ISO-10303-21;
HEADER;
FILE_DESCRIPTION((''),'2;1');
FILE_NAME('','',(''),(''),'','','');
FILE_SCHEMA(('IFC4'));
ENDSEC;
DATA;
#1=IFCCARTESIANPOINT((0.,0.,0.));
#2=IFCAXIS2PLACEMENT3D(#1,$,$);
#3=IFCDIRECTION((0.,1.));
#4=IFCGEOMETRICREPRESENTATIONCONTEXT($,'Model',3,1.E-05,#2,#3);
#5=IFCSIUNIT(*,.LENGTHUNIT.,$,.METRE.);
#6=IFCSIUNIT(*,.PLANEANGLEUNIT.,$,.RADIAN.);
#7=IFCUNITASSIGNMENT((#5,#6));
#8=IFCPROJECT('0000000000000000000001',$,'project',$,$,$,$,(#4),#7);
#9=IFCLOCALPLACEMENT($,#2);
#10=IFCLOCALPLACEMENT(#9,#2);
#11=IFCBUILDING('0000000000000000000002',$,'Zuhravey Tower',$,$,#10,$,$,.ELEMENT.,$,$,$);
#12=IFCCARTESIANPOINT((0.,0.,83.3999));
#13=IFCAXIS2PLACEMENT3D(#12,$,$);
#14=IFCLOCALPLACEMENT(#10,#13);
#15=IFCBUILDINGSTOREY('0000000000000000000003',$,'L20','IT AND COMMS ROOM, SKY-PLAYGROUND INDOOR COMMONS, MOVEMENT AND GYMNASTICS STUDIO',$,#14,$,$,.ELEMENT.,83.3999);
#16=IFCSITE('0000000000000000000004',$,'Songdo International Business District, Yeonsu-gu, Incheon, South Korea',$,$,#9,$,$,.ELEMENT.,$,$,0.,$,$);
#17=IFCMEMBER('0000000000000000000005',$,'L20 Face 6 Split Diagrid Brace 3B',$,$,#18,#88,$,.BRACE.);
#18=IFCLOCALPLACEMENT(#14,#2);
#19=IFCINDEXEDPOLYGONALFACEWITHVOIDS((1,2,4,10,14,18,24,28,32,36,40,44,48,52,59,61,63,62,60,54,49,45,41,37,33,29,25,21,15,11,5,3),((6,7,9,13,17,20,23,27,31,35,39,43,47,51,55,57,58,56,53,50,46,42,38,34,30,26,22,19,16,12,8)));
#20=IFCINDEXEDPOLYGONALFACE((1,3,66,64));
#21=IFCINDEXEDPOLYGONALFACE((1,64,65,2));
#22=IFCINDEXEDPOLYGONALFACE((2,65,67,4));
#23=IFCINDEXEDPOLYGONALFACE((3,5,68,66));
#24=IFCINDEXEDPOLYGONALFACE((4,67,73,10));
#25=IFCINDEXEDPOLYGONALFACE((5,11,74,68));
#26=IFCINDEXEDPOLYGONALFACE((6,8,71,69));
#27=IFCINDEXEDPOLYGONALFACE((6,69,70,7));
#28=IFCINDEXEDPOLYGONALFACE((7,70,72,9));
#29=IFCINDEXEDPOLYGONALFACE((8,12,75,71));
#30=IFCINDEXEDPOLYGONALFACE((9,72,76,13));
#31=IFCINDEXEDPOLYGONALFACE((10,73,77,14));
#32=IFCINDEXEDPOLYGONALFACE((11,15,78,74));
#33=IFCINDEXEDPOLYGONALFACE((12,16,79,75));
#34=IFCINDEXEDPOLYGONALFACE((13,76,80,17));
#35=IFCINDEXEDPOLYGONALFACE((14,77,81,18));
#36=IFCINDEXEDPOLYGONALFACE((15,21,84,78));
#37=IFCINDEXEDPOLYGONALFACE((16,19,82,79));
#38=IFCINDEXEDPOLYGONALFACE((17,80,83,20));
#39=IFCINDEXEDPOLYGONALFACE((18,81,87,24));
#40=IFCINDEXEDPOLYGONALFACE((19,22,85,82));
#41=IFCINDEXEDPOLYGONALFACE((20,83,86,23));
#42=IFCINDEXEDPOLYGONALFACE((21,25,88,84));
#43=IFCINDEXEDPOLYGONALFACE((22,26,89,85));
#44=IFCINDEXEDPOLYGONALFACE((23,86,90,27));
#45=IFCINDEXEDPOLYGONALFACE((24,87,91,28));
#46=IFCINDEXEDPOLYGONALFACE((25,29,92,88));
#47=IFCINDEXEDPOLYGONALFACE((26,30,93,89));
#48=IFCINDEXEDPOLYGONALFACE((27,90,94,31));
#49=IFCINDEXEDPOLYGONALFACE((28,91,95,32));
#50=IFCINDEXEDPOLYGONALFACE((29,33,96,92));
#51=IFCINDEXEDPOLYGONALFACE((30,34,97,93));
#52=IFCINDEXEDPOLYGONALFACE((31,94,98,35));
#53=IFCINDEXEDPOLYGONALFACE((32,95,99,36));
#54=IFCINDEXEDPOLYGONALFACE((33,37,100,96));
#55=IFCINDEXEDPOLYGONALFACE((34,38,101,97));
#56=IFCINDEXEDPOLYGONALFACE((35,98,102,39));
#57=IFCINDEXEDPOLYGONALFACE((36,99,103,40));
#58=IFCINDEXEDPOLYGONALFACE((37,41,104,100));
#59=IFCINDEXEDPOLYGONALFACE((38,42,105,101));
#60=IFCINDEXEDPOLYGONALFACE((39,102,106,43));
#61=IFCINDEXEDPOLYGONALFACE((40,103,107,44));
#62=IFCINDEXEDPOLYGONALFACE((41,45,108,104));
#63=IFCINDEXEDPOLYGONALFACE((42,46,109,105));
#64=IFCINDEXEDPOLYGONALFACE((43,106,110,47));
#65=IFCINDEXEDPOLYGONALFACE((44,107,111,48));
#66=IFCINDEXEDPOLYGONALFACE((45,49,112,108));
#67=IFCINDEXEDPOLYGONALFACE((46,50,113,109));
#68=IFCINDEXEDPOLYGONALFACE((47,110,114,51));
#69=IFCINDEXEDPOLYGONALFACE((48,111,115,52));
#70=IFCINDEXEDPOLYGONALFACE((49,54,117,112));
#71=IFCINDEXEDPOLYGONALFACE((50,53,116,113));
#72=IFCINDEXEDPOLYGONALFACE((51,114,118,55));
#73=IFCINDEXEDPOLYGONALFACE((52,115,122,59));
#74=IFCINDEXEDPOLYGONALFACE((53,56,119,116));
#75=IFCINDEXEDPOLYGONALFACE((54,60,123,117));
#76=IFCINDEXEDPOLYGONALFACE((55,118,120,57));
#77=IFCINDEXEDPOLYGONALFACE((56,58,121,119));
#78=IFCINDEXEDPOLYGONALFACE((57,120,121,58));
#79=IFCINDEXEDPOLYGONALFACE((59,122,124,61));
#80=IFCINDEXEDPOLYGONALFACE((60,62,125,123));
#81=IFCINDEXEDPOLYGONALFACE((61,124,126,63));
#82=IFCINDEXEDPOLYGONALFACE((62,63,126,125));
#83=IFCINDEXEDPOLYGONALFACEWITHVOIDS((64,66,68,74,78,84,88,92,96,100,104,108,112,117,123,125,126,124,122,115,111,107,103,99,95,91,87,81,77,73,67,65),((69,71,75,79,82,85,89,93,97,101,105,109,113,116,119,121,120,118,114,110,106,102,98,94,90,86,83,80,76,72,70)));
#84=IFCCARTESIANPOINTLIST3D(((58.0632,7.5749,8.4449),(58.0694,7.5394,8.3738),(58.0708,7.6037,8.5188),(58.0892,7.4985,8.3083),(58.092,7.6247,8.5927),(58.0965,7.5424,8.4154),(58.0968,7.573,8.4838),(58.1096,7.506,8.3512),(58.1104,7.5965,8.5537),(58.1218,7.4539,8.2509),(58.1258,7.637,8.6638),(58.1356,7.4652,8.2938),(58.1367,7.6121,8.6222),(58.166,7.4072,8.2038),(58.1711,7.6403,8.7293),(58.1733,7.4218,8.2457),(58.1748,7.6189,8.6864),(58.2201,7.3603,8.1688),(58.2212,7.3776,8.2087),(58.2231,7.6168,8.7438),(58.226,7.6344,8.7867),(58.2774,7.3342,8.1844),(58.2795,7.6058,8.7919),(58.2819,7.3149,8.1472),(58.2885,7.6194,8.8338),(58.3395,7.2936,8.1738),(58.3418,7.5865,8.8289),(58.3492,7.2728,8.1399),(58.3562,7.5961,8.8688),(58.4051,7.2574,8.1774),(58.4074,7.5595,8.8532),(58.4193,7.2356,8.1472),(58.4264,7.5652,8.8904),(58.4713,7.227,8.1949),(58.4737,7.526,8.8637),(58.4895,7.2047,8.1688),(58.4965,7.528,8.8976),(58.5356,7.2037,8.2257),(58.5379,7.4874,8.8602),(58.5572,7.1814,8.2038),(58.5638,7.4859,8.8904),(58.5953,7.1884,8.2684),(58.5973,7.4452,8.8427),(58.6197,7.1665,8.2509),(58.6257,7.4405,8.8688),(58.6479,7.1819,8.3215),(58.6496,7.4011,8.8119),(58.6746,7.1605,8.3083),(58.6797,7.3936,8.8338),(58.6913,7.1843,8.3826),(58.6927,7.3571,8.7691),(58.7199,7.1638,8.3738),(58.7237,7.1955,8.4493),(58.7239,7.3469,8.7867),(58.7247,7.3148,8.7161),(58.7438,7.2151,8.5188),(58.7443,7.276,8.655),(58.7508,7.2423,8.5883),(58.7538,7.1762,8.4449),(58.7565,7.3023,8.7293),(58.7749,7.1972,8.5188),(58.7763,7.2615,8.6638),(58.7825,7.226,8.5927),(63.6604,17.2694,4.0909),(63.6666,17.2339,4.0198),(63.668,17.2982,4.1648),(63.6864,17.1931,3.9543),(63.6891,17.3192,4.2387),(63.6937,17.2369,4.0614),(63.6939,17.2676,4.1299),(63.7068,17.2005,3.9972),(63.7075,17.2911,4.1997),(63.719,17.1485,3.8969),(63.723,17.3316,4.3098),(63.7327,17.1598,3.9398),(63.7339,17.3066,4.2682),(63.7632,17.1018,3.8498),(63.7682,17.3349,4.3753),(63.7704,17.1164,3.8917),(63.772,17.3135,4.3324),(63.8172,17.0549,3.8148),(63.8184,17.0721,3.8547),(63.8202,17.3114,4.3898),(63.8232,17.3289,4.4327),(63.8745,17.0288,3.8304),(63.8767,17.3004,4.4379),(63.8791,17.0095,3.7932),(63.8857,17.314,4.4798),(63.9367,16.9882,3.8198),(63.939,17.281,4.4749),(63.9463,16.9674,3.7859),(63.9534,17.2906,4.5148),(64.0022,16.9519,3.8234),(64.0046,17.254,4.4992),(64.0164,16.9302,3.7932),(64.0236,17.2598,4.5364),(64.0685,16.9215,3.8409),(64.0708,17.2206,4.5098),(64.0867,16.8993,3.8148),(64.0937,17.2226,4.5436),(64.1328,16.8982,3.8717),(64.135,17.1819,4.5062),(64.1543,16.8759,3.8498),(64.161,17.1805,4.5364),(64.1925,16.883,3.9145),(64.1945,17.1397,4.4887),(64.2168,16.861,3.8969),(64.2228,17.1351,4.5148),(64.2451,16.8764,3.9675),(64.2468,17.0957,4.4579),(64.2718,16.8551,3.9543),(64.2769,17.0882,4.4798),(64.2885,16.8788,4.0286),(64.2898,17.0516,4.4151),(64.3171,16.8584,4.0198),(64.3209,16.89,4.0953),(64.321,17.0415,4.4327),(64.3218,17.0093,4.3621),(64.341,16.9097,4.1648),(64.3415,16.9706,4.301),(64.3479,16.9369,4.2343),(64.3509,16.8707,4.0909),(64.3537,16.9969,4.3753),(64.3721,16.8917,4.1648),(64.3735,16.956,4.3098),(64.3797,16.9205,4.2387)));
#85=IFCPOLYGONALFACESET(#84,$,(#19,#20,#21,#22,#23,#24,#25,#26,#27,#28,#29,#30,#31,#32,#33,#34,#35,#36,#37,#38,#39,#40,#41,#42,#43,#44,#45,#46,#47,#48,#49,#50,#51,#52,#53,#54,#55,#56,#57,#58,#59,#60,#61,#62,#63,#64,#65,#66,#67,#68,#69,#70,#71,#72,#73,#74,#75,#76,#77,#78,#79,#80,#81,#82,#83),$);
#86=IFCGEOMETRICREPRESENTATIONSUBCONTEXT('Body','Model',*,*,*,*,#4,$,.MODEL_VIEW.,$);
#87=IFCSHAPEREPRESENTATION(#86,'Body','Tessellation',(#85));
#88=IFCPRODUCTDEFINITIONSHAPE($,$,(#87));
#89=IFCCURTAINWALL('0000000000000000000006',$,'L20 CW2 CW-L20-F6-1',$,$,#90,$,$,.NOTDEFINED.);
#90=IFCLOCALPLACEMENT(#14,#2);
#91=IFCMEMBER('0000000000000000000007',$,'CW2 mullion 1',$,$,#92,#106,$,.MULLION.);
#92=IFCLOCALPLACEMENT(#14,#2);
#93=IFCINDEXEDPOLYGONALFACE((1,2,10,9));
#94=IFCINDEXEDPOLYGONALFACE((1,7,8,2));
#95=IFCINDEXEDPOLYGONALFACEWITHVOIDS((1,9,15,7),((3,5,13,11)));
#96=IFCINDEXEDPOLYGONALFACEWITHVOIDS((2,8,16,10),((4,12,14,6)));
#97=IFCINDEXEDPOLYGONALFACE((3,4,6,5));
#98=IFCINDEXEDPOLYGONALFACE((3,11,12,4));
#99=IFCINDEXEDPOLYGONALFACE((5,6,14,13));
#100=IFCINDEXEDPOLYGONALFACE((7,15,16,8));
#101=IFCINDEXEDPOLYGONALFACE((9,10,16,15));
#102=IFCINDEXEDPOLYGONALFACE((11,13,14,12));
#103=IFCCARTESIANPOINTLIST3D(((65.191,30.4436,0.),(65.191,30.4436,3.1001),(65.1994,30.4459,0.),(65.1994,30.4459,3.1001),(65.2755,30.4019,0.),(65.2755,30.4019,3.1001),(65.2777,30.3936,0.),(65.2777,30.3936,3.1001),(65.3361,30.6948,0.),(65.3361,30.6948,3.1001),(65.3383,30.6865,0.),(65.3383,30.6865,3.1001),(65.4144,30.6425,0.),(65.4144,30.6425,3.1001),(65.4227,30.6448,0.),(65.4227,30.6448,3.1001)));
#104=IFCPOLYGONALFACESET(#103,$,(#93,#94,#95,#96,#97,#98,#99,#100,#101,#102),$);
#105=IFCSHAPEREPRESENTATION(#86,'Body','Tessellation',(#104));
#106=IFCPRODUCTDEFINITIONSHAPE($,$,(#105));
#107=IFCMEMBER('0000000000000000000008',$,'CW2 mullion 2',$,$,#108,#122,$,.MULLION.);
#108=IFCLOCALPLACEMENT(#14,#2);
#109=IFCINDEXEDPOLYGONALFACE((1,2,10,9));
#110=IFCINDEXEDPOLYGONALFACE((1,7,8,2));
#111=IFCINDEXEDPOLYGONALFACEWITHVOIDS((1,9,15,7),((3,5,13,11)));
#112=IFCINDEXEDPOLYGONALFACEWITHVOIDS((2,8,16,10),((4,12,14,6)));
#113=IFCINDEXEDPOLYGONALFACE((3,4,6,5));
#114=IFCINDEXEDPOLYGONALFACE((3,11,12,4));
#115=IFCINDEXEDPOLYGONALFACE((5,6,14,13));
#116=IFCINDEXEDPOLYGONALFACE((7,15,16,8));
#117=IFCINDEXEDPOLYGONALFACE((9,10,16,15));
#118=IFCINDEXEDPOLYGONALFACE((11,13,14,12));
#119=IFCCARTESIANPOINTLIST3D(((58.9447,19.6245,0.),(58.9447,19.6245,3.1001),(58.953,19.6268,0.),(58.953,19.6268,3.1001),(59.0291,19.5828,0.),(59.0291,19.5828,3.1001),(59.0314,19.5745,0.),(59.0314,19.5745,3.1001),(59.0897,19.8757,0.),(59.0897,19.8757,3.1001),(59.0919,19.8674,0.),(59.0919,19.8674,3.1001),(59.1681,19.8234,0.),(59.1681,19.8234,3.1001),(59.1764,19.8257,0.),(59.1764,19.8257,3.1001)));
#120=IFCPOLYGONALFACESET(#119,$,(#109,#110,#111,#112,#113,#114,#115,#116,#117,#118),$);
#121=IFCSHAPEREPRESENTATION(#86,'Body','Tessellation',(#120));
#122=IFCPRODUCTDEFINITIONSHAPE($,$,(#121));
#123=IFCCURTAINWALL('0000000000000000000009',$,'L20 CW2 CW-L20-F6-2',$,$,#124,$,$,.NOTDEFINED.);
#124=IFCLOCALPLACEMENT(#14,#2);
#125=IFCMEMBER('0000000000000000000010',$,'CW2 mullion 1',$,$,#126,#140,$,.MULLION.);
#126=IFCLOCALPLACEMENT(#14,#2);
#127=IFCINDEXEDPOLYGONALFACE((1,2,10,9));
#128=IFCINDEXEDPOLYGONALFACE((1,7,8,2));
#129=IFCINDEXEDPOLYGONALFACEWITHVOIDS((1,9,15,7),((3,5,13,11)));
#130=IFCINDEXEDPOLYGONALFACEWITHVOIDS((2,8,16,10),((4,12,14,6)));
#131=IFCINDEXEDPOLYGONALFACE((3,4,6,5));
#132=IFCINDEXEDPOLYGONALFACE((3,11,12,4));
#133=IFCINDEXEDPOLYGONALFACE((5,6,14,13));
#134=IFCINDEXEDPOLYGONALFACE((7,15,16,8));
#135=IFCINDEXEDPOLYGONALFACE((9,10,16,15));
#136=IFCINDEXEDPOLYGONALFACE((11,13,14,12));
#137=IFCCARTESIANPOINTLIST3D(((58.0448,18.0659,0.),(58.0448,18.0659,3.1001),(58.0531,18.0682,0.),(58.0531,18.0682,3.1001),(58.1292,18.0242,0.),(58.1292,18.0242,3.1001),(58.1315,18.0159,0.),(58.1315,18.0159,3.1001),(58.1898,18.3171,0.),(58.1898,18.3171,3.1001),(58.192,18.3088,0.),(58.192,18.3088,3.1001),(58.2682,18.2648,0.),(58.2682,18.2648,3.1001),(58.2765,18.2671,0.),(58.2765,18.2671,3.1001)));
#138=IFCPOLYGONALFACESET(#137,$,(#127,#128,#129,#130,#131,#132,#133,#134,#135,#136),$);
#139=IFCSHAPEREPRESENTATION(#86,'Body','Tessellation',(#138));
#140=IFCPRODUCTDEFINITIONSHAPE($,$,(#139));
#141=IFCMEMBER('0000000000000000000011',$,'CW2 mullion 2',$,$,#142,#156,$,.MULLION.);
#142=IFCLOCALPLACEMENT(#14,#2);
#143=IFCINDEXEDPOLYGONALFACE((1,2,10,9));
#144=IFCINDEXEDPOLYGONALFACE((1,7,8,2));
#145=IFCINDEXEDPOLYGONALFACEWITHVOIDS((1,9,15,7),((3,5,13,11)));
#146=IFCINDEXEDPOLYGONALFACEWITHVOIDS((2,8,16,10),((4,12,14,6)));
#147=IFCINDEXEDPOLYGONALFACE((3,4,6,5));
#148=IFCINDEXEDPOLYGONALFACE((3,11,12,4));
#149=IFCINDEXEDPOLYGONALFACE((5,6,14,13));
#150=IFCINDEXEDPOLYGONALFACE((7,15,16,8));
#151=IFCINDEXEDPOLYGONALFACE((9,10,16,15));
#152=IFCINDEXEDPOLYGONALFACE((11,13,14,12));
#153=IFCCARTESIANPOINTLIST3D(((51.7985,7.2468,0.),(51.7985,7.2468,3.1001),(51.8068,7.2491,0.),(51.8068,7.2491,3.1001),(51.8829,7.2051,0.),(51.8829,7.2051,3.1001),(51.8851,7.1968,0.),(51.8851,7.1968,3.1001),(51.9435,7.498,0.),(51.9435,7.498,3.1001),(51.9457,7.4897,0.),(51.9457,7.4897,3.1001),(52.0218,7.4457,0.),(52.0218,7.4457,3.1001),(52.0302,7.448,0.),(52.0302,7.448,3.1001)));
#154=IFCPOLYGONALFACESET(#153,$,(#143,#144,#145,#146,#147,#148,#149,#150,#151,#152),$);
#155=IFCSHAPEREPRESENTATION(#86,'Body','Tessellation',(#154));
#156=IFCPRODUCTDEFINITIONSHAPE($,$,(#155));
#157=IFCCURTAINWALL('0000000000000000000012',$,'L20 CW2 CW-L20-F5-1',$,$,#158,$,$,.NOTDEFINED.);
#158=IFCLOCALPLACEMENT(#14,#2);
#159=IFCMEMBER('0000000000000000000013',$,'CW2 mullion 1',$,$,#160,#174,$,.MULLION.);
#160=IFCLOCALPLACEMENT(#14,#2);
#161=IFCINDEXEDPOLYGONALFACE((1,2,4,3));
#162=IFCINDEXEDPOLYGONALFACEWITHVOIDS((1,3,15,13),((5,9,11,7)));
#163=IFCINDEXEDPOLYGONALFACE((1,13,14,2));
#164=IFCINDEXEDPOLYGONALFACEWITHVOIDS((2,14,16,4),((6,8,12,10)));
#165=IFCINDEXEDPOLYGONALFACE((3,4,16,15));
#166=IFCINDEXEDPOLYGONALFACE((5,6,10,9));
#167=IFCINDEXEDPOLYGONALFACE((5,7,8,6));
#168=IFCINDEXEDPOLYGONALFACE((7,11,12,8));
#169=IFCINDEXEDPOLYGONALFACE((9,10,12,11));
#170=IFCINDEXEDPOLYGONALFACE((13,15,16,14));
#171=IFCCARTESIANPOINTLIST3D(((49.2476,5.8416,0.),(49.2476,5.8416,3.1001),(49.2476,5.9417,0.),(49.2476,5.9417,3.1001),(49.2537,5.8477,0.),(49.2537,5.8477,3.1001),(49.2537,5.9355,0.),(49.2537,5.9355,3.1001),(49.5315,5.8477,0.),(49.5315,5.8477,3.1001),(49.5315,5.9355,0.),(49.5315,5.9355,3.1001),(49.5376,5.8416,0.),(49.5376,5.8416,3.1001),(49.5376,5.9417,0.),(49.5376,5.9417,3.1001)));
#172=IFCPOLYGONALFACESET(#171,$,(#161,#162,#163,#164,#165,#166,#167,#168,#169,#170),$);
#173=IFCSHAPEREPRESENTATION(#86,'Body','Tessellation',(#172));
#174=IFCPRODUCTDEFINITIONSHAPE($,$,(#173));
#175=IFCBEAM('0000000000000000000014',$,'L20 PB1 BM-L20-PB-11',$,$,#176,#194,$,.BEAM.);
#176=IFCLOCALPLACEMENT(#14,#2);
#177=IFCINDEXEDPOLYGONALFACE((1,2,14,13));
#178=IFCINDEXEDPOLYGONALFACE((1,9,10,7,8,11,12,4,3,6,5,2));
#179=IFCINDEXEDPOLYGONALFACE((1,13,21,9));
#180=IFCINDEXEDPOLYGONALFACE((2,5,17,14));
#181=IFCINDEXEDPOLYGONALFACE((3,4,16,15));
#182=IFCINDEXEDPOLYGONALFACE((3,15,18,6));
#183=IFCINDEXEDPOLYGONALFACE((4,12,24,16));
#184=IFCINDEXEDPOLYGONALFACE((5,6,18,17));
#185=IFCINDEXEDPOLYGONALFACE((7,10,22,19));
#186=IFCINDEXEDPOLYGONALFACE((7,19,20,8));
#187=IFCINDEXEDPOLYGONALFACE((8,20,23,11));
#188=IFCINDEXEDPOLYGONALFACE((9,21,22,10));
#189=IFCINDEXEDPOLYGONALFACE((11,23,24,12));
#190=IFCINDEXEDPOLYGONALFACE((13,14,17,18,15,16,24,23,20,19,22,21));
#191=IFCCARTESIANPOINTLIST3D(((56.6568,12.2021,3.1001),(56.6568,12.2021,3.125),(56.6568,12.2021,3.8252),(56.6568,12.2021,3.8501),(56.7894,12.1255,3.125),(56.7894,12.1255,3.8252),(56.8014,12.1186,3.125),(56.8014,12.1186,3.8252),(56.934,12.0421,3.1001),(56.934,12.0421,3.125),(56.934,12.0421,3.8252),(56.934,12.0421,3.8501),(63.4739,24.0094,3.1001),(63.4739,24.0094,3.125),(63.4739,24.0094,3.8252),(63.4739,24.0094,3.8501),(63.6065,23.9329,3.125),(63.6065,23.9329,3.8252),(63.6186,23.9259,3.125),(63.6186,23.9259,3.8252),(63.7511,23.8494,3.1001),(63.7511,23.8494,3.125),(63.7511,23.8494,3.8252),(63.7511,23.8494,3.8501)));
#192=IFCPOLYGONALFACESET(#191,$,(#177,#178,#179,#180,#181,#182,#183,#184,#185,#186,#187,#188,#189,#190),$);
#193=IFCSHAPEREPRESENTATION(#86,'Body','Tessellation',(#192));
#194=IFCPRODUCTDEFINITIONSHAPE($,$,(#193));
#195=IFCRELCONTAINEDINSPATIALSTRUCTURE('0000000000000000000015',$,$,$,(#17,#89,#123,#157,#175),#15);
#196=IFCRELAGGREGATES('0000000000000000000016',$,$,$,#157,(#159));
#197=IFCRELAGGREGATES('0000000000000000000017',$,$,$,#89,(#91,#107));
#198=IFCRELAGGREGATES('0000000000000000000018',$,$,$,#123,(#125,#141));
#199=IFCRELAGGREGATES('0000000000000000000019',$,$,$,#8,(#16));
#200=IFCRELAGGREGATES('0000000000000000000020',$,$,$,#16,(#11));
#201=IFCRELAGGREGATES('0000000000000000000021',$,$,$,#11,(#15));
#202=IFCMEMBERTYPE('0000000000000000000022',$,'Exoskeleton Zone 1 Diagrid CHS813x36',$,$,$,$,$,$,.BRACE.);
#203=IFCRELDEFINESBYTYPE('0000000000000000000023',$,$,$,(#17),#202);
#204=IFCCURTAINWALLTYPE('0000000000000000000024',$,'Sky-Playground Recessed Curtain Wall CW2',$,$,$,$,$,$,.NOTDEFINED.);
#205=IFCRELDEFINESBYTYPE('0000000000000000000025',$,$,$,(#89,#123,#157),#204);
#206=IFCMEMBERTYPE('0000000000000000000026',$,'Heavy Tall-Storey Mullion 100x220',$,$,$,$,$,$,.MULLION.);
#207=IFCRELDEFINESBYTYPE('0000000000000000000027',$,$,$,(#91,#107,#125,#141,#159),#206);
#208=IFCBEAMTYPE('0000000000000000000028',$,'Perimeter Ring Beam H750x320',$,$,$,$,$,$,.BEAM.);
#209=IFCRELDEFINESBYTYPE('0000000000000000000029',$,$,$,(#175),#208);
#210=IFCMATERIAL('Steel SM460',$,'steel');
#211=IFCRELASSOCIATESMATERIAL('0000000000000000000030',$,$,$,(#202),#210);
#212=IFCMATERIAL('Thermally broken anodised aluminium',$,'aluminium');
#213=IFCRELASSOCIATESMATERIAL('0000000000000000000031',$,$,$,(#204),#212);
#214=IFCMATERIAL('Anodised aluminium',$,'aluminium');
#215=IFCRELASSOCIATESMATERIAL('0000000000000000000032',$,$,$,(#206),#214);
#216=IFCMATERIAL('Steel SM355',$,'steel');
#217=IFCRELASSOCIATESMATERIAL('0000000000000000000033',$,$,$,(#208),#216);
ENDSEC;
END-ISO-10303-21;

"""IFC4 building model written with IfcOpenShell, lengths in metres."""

from ifc_helpers import new_model, si_unit, direction, frame, origin, origin_2d, place, context, subcontext, project, spatial, hollow_rectangle, hollow_circle, i_section, extrude, material, material_profile, profile_set, type_object, element, aggregate, save


model = new_model("IFC4")

# Units and contexts
model_context = context("Model", 3, precision=1e-05, world=origin(), true_north=direction((0.0, 1.0)))
body_context = subcontext(model_context, "Body", "Model", "MODEL_VIEW")
ifc_project = project(units=[si_unit("LENGTHUNIT", "METRE"), si_unit("PLANEANGLEUNIT", "RADIAN")], contexts=[model_context])

# Site, building, storey
site_placement = place(None, origin())
site = spatial("IfcSite", under=ifc_project, at=site_placement, Name="Songdo International Business District, Yeonsu-gu, Incheon, South Korea", CompositionType="ELEMENT", RefElevation=0.0)
building_placement = place(site_placement, origin())
building = spatial("IfcBuilding", under=site, at=building_placement, Name="Zuhravey Tower", CompositionType="ELEMENT")
storey_placement = place(building_placement, frame((0.0, 0.0, 83.3999)))
storey = spatial("IfcBuildingStorey", under=building, at=storey_placement, Name="L20", Description="IT AND COMMS ROOM, SKY-PLAYGROUND INDOOR COMMONS, MOVEMENT AND GYMNASTICS STUDIO", CompositionType="ELEMENT", Elevation=83.3999)

# Member
ifc_material_1 = material(Name="Steel SM460", Category="steel")
ifc_material_profile_1 = material_profile(ifc_material_1, hollow_circle(Radius=0.4065, WallThickness=0.0359, at=origin_2d()), Name="CHS-812.8x36")
ifc_profile_set_1 = profile_set([ifc_material_profile_1], Name="Steel SM460")
member_type_1 = type_object("IfcMemberType", Name="Exoskeleton Zone 1 Diagrid CHS813x36", PredefinedType="BRACE", material=ifc_profile_set_1)
member_1_placement = place(storey_placement, frame((64.02, 17.095, 4.1648), z_axis=(-0.465993, -0.807124, 0.362493), x_axis=(0.866025, -0.5, 0.0)))
element("IfcMember", 1, at=member_1_placement, inside=storey, type_object=member_type_1, Name="L20 Face 6 Split Diagrid Brace 3B", PredefinedType="BRACE", context=body_context, shape_type="SweptSolid", body=[
    extrude(hollow_circle(Radius=0.4065, WallThickness=0.0359, at=origin_2d()), origin(), (0.0, 0.0, 1.0), 12.0112),
])

# Curtain walls, members
ifc_material_2 = material(Name="Thermally broken anodised aluminium", Category="aluminium")
curtain_wall_type = type_object("IfcCurtainWallType", Name="Sky-Playground Recessed Curtain Wall CW2", PredefinedType="NOTDEFINED", material=ifc_material_2)
curtain_wall_1_placement = place(storey_placement, origin())
curtain_wall_1 = element("IfcCurtainWall", 2, at=curtain_wall_1_placement, inside=storey, type_object=curtain_wall_type, Name="L20 CW2 CW-L20-F6-1", PredefinedType="NOTDEFINED")
ifc_material_3 = material(Name="Anodised aluminium", Category="aluminium")
ifc_material_profile_2 = material_profile(ifc_material_3, hollow_rectangle(XDim=0.1001, YDim=0.29, WallThickness=0.0061, at=origin_2d()), Name="ALU-RHS-100x290x6")
ifc_profile_set_2 = profile_set([ifc_material_profile_2], Name="Anodised aluminium")
member_type_2 = type_object("IfcMemberType", Name="Heavy Tall-Storey Mullion 100x220", PredefinedType="MULLION", material=ifc_profile_set_2)
member_2_placement = place(storey_placement, frame((65.3069, 30.5442, 0.0), z_axis=(0.0, 0.0, 1.0), x_axis=(0.866027, -0.499997, 0.0)))
member_2 = element("IfcMember", 3, at=member_2_placement, type_object=member_type_2, Name="CW2 mullion 1", PredefinedType="MULLION", context=body_context, shape_type="SweptSolid", body=[
    extrude(hollow_rectangle(XDim=0.1001, YDim=0.29, WallThickness=0.0061, at=origin_2d()), origin(), (0.0, 0.0, 1.0), 3.1001),
])
member_3_placement = place(storey_placement, frame((59.0605, 19.7251, 0.0), z_axis=(0.0, 0.0, 1.0), x_axis=(0.866027, -0.499997, 0.0)))
member_3 = element("IfcMember", 4, at=member_3_placement, type_object=member_type_2, Name="CW2 mullion 2", PredefinedType="MULLION", context=body_context, shape_type="SweptSolid", body=[
    extrude(hollow_rectangle(XDim=0.1001, YDim=0.29, WallThickness=0.0061, at=origin_2d()), origin(), (0.0, 0.0, 1.0), 3.1001),
])
curtain_wall_2_placement = place(storey_placement, origin())
curtain_wall_2 = element("IfcCurtainWall", 5, at=curtain_wall_2_placement, inside=storey, type_object=curtain_wall_type, Name="L20 CW2 CW-L20-F6-2", PredefinedType="NOTDEFINED")
member_4_placement = place(storey_placement, frame((58.1606, 18.1665, 0.0), z_axis=(0.0, 0.0, 1.0), x_axis=(0.866026, -0.499999, 0.0)))
member_4 = element("IfcMember", 6, at=member_4_placement, type_object=member_type_2, Name="CW2 mullion 1", PredefinedType="MULLION", context=body_context, shape_type="SweptSolid", body=[
    extrude(hollow_rectangle(XDim=0.1001, YDim=0.29, WallThickness=0.0061, at=origin_2d()), origin(), (0.0, 0.0, 1.0), 3.1001),
])
member_5_placement = place(storey_placement, frame((51.9143, 7.3474, 0.0), z_axis=(0.0, 0.0, 1.0), x_axis=(0.866026, -0.499999, 0.0)))
member_5 = element("IfcMember", 7, at=member_5_placement, type_object=member_type_2, Name="CW2 mullion 2", PredefinedType="MULLION", context=body_context, shape_type="SweptSolid", body=[
    extrude(hollow_rectangle(XDim=0.1001, YDim=0.29, WallThickness=0.0061, at=origin_2d()), origin(), (0.0, 0.0, 1.0), 3.1001),
])

# Curtain wall, member
curtain_wall_3_placement = place(storey_placement, origin())
curtain_wall_3 = element("IfcCurtainWall", 8, at=curtain_wall_3_placement, inside=storey, type_object=curtain_wall_type, Name="L20 CW2 CW-L20-F5-1", PredefinedType="NOTDEFINED")
member_6_placement = place(storey_placement, frame((49.3926, 5.8916, 0.0), z_axis=(0.0, 0.0, 1.0), x_axis=(0.0, -1.0, 0.0)))
member_6 = element("IfcMember", 9, at=member_6_placement, type_object=member_type_2, Name="CW2 mullion 1", PredefinedType="MULLION", context=body_context, shape_type="SweptSolid", body=[
    extrude(hollow_rectangle(XDim=0.1001, YDim=0.29, WallThickness=0.0061, at=origin_2d()), origin(), (0.0, 0.0, 1.0), 3.1001),
])

# Beam
ifc_material_4 = material(Name="Steel SM355", Category="steel")
ifc_material_profile_3 = material_profile(ifc_material_4, i_section(OverallWidth=0.3201, OverallDepth=0.75, WebThickness=0.0139, FlangeThickness=0.0249, at=origin_2d()), Name="H-750x320x14x25")
ifc_profile_set_3 = profile_set([ifc_material_profile_3], Name="Steel SM355")
beam_type_1 = type_object("IfcBeamType", Name="Perimeter Ring Beam H750x320", PredefinedType="BEAM", material=ifc_profile_set_3)
beam_1_placement = place(storey_placement, frame((56.7954, 12.1221, 3.4751), z_axis=(0.500008, 0.866021, 0.0), x_axis=(-0.866021, 0.500008, 0.0)))
element("IfcBeam", 10, at=beam_1_placement, inside=storey, type_object=beam_type_1, Name="L20 PB1 BM-L20-PB-11", PredefinedType="BEAM", context=body_context, shape_type="SweptSolid", body=[
    extrude(i_section(OverallWidth=0.3201, OverallDepth=0.75, WebThickness=0.0139, FlangeThickness=0.0249, at=origin_2d()), origin(), (0.0, 0.0, 1.0), 13.634),
])

aggregate(curtain_wall_3, [member_6])

aggregate(curtain_wall_1, [member_2, member_3])
aggregate(curtain_wall_2, [member_4, member_5])

save(model, "model.ifc")
